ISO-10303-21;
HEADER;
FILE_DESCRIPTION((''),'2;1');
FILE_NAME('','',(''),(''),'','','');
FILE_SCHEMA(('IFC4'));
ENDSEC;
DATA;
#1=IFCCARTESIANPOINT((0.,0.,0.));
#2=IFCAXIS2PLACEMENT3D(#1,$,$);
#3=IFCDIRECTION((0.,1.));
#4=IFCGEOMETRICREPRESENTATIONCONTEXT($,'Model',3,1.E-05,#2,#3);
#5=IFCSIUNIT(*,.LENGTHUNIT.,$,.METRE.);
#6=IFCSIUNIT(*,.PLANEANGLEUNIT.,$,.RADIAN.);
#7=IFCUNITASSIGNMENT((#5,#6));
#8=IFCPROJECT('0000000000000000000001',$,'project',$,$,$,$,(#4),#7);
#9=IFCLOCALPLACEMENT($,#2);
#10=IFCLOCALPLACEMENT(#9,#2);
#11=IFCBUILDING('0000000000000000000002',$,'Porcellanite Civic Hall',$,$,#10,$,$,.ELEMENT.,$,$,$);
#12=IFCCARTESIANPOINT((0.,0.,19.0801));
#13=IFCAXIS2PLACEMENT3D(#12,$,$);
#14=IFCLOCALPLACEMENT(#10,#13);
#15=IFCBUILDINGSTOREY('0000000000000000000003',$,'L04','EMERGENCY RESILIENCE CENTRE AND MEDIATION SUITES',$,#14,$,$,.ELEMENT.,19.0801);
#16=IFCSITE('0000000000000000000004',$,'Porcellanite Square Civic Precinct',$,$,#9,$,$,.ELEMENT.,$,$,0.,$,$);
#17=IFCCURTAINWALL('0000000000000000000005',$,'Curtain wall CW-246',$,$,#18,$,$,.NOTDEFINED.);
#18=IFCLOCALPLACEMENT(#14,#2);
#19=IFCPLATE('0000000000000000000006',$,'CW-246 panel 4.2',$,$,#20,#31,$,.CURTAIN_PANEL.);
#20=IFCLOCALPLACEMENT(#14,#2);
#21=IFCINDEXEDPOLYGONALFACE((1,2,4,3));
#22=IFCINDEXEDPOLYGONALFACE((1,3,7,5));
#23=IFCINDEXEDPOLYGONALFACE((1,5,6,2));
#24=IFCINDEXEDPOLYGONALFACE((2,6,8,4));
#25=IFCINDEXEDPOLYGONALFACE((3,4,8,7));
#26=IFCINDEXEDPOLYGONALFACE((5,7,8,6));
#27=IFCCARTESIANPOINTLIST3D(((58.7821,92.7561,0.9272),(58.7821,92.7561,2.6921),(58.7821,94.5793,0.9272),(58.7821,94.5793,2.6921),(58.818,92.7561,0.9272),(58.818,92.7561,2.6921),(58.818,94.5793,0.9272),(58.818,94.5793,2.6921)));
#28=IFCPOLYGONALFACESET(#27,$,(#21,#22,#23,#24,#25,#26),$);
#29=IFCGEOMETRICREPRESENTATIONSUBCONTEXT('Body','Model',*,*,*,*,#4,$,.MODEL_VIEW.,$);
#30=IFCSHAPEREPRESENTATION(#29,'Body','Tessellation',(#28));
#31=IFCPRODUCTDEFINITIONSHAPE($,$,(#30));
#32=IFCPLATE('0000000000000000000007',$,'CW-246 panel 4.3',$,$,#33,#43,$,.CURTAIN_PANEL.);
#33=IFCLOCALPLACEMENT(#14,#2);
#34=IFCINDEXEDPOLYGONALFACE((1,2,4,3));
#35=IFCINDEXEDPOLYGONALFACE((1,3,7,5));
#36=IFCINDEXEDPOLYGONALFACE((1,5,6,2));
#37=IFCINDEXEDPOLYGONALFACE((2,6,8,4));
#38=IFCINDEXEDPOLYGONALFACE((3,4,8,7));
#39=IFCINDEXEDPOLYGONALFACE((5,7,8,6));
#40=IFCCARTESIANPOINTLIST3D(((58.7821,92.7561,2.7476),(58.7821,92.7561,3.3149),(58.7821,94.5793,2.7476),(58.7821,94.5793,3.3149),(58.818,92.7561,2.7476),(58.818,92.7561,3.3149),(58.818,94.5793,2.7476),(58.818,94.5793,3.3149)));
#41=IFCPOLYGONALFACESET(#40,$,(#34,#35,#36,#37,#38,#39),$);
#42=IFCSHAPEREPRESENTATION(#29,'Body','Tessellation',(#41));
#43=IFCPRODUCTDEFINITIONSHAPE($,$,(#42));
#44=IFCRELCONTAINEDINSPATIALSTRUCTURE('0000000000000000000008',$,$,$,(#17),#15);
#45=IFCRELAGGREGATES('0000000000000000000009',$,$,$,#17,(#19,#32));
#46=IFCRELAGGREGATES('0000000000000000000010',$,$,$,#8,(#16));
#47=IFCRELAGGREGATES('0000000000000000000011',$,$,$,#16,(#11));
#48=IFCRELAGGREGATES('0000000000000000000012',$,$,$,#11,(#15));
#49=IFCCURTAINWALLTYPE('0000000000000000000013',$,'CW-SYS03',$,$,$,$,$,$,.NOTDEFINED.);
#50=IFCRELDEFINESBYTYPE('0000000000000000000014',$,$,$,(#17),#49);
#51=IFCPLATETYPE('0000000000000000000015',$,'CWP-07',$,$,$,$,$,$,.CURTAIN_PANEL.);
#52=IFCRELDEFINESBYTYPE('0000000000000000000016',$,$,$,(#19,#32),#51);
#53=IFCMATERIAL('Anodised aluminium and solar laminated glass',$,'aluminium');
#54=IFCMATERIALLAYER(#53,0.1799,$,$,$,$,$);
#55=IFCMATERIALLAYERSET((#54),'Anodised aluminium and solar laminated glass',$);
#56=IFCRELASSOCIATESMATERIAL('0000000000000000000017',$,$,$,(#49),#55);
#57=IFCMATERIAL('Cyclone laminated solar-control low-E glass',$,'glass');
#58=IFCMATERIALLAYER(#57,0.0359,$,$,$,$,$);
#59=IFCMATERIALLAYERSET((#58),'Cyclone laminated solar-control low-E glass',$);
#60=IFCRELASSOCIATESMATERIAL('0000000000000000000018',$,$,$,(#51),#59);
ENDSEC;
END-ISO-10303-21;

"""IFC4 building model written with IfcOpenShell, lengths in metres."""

from ifc_helpers import new_model, si_unit, direction, frame, origin, origin_2d, place, context, subcontext, project, spatial, rectangle, extrude, material, layer, layer_set, type_object, element, aggregate, save


model = new_model("IFC4")

# Units and contexts
model_context = context("Model", 3, precision=1e-05, world=origin(), true_north=direction((0.0, 1.0)))
body_context = subcontext(model_context, "Body", "Model", "MODEL_VIEW")
ifc_project = project(units=[si_unit("LENGTHUNIT", "METRE"), si_unit("PLANEANGLEUNIT", "RADIAN")], contexts=[model_context])

# Site, building, storey
site_placement = place(None, origin())
site = spatial("IfcSite", under=ifc_project, at=site_placement, Name="Porcellanite Square Civic Precinct", CompositionType="ELEMENT", RefElevation=0.0)
building_placement = place(site_placement, origin())
building = spatial("IfcBuilding", under=site, at=building_placement, Name="Porcellanite Civic Hall", CompositionType="ELEMENT")
storey_placement = place(building_placement, frame((0.0, 0.0, 19.0801)))
storey = spatial("IfcBuildingStorey", under=building, at=storey_placement, Name="L04", Description="EMERGENCY RESILIENCE CENTRE AND MEDIATION SUITES", CompositionType="ELEMENT", Elevation=19.0801)

# Curtain wall
ifc_material_1 = material(Name="Anodised aluminium and solar laminated glass", Category="aluminium")
ifc_layer_1 = layer(ifc_material_1, 0.1799)
ifc_layer_set_1 = layer_set([ifc_layer_1], Name="Anodised aluminium and solar laminated glass")
curtain_wall_type_1 = type_object("IfcCurtainWallType", Name="CW-SYS03", PredefinedType="NOTDEFINED", material=ifc_layer_set_1)
curtain_wall_1_placement = place(storey_placement, origin())
curtain_wall_1 = element("IfcCurtainWall", 1, at=curtain_wall_1_placement, inside=storey, type_object=curtain_wall_type_1, Name="Curtain wall CW-246", PredefinedType="NOTDEFINED")

# Plates
ifc_material_2 = material(Name="Cyclone laminated solar-control low-E glass", Category="glass")
ifc_layer_2 = layer(ifc_material_2, 0.0359)
ifc_layer_set_2 = layer_set([ifc_layer_2], Name="Cyclone laminated solar-control low-E glass")
plate_type_1 = type_object("IfcPlateType", Name="CWP-07", PredefinedType="CURTAIN_PANEL", material=ifc_layer_set_2)
plate_1_placement = place(storey_placement, frame((58.8, 93.6677, 0.9272), z_axis=(0.0, 0.0, 1.0), x_axis=(0.0, -1.0, 0.0)))
plate_1 = element("IfcPlate", 2, at=plate_1_placement, type_object=plate_type_1, Name="CW-246 panel 4.2", PredefinedType="CURTAIN_PANEL", context=body_context, shape_type="SweptSolid", body=[
    extrude(rectangle(XDim=1.8232, YDim=0.0359, at=origin_2d()), origin(), (0.0, 0.0, 1.0), 1.7649),
])
plate_2_placement = place(storey_placement, frame((58.8, 93.6677, 2.7476), z_axis=(0.0, 0.0, 1.0), x_axis=(0.0, -1.0, 0.0)))
plate_2 = element("IfcPlate", 3, at=plate_2_placement, type_object=plate_type_1, Name="CW-246 panel 4.3", PredefinedType="CURTAIN_PANEL", context=body_context, shape_type="SweptSolid", body=[
    extrude(rectangle(XDim=1.8232, YDim=0.0359, at=origin_2d()), origin(), (0.0, 0.0, 1.0), 0.5674),
])
aggregate(curtain_wall_1, [plate_1, plate_2])

save(model, "model.ifc")
